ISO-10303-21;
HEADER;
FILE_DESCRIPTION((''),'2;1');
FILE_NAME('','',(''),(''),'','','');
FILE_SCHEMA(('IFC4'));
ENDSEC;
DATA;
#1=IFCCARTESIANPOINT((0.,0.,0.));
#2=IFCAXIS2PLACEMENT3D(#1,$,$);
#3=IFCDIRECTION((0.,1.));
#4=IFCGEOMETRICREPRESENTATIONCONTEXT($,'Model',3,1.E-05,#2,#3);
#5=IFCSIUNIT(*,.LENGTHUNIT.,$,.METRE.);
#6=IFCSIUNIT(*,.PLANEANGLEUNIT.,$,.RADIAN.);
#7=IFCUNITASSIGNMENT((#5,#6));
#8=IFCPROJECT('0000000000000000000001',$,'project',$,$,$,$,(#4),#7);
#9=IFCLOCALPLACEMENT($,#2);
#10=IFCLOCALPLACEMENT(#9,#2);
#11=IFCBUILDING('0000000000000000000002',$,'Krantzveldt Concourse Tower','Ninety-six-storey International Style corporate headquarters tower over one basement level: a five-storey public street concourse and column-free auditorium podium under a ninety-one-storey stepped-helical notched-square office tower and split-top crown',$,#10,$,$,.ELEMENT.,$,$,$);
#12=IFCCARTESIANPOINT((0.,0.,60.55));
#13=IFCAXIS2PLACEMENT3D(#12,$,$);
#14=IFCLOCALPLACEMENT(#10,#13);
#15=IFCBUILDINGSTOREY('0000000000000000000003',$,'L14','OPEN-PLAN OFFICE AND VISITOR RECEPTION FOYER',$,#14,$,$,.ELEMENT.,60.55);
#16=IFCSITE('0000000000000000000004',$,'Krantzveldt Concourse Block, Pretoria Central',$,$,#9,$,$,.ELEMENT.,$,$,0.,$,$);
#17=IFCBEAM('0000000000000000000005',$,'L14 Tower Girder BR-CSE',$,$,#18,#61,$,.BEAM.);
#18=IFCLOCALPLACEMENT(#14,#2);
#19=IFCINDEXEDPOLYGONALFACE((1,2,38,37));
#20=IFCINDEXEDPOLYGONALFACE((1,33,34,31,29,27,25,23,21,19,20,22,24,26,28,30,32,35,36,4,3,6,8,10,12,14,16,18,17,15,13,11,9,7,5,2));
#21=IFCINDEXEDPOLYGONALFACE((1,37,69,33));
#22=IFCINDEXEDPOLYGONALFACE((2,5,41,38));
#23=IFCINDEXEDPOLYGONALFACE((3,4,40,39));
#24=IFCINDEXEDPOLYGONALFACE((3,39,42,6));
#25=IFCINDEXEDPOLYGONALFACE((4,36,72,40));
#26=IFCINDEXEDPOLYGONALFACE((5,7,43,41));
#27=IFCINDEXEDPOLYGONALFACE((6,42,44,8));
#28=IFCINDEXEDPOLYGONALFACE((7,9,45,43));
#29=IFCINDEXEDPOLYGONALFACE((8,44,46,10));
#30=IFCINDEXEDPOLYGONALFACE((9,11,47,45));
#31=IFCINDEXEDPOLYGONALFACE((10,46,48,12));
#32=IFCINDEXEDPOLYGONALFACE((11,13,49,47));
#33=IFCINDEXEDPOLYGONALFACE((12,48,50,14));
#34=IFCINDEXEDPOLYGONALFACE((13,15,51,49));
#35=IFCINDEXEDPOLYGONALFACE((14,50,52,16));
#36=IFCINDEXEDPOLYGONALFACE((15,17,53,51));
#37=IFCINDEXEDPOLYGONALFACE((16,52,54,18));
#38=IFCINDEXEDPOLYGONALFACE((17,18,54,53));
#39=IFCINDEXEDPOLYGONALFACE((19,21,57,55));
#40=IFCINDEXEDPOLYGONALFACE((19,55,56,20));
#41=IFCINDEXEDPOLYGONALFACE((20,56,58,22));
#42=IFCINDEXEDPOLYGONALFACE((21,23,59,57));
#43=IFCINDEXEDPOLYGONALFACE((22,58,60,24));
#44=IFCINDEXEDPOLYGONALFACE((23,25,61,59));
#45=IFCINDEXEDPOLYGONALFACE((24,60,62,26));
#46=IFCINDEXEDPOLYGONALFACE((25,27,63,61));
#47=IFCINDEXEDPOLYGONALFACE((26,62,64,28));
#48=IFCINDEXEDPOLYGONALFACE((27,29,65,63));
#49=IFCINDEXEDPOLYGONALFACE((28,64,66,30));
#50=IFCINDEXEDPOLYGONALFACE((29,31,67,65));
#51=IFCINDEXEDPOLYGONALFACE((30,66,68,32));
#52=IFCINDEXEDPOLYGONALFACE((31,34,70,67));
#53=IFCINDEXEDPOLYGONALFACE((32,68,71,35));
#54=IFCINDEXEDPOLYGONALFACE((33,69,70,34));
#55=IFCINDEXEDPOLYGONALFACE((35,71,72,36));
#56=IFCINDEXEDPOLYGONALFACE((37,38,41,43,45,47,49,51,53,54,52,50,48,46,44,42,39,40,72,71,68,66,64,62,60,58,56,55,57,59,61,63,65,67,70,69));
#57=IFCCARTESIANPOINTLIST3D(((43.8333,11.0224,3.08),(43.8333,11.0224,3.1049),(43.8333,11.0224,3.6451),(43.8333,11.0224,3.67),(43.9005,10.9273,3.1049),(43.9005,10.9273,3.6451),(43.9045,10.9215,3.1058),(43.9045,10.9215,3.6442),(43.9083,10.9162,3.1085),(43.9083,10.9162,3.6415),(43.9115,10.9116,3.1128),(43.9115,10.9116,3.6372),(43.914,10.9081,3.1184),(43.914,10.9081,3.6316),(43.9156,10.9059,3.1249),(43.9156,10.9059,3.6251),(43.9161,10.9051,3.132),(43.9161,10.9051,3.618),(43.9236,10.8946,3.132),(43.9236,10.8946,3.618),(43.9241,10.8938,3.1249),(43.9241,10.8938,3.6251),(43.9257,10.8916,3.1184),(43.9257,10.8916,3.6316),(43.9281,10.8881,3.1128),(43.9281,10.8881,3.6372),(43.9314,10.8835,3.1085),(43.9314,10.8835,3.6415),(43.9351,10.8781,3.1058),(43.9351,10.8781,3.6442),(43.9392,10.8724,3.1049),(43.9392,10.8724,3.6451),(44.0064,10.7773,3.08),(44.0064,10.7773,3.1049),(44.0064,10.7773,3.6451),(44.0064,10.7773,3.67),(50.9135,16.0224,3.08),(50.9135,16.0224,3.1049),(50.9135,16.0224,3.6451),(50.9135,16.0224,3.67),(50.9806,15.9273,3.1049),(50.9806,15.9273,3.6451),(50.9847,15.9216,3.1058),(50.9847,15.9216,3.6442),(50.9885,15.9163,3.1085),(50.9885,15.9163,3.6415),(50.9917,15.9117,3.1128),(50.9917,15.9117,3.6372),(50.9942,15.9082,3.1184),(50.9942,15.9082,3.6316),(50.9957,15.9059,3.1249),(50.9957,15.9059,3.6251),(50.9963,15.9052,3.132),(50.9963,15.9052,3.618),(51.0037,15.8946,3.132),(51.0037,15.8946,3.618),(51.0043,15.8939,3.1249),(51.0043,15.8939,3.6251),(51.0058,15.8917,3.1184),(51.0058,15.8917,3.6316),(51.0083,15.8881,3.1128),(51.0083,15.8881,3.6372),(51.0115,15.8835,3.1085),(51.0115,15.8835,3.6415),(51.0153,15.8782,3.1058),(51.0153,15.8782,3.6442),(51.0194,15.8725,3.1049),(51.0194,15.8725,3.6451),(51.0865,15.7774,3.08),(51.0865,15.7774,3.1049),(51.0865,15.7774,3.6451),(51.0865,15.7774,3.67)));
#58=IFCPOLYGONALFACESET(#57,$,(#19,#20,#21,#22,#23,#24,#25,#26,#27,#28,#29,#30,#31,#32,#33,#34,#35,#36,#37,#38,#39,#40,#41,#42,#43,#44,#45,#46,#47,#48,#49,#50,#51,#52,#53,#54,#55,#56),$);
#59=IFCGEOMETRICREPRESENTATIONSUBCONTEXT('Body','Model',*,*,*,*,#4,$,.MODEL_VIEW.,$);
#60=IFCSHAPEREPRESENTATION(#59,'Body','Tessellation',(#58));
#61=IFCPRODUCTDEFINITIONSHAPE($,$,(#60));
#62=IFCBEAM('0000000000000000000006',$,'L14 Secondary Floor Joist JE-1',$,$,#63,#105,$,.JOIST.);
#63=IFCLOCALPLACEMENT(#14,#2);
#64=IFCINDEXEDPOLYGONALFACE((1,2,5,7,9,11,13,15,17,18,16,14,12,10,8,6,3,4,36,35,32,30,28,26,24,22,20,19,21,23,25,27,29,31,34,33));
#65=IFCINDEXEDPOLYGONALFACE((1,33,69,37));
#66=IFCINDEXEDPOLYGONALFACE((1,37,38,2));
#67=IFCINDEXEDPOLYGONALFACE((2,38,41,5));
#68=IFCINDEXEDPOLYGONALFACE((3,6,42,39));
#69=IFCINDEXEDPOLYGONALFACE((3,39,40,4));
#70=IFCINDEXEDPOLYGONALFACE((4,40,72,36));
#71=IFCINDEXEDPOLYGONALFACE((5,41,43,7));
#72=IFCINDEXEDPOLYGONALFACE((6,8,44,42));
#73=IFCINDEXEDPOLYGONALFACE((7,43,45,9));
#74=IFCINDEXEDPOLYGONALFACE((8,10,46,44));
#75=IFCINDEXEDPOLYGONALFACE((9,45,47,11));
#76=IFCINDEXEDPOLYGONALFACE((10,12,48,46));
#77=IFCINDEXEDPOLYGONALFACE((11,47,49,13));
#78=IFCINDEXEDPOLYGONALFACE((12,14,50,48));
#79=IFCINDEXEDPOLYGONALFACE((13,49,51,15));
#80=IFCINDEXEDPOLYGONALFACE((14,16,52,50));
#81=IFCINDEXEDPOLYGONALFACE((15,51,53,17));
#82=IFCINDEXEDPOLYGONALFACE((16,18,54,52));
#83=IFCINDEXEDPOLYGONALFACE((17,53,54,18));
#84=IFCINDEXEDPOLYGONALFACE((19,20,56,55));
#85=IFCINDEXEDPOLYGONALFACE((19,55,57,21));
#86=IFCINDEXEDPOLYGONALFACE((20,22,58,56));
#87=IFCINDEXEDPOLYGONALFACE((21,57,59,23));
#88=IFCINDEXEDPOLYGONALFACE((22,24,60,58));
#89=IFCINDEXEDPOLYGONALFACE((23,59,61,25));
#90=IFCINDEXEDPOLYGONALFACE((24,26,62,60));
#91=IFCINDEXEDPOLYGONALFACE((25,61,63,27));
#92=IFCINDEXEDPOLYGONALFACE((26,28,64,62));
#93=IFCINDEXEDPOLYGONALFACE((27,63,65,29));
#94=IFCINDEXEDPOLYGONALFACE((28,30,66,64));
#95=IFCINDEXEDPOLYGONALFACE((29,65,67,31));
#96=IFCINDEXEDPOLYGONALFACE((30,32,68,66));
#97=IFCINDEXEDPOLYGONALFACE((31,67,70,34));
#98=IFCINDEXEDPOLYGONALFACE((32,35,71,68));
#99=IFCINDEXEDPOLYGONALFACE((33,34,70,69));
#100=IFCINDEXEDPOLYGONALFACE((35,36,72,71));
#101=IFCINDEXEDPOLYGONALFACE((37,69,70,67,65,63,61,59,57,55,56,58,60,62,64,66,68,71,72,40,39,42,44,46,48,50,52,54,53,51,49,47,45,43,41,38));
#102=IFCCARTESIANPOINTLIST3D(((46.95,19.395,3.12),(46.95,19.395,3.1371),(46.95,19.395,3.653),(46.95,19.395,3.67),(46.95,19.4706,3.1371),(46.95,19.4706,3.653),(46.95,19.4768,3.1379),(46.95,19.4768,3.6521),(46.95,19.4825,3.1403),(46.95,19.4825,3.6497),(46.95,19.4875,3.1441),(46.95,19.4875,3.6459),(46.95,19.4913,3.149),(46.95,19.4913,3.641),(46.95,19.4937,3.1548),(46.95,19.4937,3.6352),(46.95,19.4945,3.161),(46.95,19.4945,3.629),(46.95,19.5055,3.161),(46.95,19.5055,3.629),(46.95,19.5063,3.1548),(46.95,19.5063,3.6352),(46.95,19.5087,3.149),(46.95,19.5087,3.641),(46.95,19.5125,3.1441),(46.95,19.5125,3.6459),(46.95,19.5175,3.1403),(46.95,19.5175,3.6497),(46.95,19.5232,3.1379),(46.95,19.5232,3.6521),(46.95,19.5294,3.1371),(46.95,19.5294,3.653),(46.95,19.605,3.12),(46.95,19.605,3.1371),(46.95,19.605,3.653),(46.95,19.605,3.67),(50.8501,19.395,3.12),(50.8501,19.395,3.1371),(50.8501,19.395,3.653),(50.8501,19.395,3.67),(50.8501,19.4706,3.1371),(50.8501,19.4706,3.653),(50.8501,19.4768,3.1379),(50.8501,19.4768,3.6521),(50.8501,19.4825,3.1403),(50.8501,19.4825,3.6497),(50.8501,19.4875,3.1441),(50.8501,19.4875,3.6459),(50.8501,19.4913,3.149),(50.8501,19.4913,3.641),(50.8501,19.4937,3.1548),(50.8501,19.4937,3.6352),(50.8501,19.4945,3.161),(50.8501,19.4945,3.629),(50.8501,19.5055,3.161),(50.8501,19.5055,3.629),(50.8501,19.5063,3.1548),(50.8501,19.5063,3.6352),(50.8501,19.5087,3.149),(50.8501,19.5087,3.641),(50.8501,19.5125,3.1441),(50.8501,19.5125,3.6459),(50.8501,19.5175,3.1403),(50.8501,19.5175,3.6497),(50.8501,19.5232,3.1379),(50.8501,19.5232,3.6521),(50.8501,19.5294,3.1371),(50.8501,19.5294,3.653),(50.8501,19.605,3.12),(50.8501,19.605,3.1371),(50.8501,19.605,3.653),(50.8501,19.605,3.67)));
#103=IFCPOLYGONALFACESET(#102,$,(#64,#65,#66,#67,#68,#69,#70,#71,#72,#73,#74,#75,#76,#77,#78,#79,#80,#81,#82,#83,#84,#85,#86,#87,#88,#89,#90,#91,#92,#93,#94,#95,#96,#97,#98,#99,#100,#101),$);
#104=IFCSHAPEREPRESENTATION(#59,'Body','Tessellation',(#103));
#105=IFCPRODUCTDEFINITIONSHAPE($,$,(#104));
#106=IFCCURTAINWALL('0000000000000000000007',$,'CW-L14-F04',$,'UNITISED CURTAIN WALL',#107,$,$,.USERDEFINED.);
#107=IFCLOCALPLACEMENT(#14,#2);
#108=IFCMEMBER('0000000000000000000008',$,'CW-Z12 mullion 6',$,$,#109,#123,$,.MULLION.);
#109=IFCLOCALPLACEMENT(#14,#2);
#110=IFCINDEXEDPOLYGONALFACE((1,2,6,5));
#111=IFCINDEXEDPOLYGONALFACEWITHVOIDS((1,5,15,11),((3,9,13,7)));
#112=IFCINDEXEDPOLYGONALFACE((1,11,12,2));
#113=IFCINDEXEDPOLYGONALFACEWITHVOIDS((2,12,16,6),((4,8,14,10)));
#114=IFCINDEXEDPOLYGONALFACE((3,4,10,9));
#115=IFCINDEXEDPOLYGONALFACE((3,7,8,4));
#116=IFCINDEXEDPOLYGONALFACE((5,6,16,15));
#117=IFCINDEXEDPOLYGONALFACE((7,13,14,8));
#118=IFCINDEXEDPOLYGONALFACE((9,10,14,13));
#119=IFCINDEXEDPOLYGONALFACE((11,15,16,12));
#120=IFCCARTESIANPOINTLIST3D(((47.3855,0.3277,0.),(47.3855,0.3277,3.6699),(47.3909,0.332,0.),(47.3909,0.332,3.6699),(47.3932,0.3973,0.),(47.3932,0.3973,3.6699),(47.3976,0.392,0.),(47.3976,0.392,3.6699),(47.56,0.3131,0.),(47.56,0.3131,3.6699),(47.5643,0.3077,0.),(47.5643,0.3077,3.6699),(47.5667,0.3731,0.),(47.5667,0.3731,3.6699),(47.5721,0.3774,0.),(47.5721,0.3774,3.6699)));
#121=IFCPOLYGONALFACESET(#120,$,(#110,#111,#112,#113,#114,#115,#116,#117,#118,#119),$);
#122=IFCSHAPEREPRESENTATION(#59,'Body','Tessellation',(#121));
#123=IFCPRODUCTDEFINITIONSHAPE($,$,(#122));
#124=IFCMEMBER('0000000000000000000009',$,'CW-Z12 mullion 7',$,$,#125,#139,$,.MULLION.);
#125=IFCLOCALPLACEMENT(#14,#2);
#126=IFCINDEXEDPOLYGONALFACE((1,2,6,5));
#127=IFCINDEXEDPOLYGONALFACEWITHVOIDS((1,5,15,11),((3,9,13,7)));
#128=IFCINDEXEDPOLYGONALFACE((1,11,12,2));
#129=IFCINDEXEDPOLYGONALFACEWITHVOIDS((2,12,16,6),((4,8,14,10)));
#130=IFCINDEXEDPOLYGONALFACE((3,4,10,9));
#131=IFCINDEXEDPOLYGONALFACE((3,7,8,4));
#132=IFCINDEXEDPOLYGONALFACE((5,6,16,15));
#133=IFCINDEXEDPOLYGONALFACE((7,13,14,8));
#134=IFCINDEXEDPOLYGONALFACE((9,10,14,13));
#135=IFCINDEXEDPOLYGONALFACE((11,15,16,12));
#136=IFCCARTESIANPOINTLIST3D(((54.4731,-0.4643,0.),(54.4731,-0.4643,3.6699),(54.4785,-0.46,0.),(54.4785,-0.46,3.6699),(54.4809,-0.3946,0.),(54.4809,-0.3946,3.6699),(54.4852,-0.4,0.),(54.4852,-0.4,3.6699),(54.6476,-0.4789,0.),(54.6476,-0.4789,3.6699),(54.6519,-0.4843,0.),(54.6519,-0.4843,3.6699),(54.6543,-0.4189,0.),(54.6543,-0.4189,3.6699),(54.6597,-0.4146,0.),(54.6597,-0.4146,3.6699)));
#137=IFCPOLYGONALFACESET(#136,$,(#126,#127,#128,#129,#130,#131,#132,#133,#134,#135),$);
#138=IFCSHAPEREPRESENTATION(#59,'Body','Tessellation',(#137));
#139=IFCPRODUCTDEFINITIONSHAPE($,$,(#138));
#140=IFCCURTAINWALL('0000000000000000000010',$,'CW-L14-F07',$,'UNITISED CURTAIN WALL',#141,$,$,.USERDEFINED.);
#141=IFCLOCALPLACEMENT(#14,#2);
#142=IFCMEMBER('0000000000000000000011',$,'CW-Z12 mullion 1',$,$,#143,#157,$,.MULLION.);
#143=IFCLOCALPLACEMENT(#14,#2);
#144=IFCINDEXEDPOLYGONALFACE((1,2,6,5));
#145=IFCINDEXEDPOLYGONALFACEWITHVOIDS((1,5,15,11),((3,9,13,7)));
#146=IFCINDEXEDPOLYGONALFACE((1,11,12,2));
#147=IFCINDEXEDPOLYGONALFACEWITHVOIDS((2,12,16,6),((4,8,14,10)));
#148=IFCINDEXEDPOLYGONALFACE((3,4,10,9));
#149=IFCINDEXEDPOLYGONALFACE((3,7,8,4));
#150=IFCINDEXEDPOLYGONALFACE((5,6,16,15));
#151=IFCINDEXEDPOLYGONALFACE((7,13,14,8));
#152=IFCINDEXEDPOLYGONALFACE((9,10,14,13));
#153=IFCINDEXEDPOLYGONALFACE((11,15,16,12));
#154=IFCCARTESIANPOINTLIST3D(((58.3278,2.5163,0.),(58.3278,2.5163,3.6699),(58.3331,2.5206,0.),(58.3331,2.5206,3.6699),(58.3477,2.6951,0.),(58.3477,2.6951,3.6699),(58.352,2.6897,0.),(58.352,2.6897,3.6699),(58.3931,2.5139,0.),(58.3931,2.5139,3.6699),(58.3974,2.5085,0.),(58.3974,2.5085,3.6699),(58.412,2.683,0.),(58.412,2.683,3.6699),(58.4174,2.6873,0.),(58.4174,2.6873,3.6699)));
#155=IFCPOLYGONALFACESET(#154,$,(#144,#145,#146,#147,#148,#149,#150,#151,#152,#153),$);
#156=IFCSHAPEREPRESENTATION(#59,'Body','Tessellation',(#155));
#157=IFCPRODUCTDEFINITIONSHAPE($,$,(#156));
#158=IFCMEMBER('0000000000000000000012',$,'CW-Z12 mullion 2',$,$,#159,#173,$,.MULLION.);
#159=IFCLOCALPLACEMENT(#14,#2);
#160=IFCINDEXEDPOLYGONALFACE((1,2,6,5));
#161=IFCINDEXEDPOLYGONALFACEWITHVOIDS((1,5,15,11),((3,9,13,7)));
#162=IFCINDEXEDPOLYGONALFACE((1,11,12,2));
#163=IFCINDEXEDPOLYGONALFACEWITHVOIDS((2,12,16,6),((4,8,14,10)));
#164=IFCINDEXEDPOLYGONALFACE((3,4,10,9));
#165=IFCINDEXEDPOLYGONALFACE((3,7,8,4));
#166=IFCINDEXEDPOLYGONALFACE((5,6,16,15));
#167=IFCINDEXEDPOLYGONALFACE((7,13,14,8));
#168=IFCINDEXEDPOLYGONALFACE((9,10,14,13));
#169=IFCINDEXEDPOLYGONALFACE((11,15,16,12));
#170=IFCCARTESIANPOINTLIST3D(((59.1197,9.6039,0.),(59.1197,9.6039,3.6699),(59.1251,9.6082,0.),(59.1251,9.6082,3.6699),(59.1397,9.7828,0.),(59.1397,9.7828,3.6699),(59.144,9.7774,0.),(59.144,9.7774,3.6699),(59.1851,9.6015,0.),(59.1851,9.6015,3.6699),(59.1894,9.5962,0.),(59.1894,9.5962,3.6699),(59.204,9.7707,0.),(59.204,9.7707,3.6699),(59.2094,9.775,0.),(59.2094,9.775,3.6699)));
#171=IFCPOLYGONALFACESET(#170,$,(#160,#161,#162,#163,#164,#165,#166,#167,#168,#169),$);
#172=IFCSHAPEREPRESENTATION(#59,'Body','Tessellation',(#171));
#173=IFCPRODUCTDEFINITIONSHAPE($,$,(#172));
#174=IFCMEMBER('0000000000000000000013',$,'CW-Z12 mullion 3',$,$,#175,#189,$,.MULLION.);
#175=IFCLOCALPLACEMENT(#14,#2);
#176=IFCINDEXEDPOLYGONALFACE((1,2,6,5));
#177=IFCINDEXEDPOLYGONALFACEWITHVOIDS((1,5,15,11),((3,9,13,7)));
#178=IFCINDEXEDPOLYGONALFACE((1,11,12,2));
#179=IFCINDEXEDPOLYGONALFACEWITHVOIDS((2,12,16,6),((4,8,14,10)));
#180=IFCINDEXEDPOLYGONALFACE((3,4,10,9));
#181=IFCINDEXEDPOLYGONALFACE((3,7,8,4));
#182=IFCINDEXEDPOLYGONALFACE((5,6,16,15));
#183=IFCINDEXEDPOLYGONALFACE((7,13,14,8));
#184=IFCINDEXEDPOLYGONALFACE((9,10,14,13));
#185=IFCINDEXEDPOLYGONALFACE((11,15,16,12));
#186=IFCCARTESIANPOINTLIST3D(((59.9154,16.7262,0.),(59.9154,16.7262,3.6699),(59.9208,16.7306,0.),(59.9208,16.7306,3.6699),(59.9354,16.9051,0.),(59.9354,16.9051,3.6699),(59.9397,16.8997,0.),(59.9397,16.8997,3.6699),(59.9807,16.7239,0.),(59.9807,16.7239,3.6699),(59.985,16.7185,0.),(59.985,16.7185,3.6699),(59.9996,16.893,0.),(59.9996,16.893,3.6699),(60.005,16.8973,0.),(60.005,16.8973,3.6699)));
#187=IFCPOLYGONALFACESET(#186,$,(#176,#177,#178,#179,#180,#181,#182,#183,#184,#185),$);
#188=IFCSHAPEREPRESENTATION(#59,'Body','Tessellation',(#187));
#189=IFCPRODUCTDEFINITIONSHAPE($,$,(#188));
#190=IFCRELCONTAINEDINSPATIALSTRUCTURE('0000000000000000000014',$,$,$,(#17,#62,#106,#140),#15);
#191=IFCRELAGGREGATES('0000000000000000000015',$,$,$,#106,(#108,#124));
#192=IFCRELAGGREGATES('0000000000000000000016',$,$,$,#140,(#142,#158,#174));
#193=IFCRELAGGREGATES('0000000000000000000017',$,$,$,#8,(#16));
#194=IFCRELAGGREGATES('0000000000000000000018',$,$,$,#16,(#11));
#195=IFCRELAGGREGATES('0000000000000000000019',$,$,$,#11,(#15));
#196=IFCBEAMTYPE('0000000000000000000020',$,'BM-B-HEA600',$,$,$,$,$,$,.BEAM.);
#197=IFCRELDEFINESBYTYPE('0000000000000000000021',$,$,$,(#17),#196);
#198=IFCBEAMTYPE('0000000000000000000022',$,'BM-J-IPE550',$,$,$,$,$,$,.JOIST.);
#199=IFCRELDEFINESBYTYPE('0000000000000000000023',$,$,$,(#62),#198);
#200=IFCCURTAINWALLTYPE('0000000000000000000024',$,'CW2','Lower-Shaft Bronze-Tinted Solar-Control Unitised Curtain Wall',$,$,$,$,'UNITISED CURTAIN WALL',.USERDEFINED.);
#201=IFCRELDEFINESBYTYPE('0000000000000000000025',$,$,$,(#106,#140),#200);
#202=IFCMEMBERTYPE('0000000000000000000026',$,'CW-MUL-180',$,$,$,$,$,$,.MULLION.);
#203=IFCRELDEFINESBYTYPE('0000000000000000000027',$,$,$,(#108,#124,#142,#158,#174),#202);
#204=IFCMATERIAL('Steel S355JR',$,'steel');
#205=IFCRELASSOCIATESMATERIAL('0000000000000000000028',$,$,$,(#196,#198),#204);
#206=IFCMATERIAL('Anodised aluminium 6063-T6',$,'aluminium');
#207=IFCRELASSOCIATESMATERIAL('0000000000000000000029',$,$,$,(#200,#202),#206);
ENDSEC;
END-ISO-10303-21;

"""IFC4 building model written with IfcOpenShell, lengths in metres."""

from ifc_helpers import new_model, si_unit, direction, frame, origin, origin_2d, place, context, subcontext, project, spatial, hollow_rectangle, i_section, extrude, source, transform, mapped, material, material_profile, profile_set, type_object, type_shapes, element, aggregate, save


model = new_model("IFC4")

# Units and contexts
model_context = context("Model", 3, precision=1e-05, world=origin(), true_north=direction((0.0, 1.0)))
body_context = subcontext(model_context, "Body", "Model", "MODEL_VIEW")
ifc_project = project(units=[si_unit("LENGTHUNIT", "METRE"), si_unit("PLANEANGLEUNIT", "RADIAN")], contexts=[model_context])

# Site, building, storey
site_placement = place(None, origin())
site = spatial("IfcSite", under=ifc_project, at=site_placement, Name="Krantzveldt Concourse Block, Pretoria Central", CompositionType="ELEMENT", RefElevation=0.0)
building_placement = place(site_placement, origin())
building = spatial("IfcBuilding", under=site, at=building_placement, Name="Krantzveldt Concourse Tower", Description="Ninety-six-storey International Style corporate headquarters tower over one basement level: a five-storey public street concourse and column-free auditorium podium under a ninety-one-storey stepped-helical notched-square office tower and split-top crown", CompositionType="ELEMENT")
storey_placement = place(building_placement, frame((0.0, 0.0, 60.55)))
storey = spatial("IfcBuildingStorey", under=building, at=storey_placement, Name="L14", Description="OPEN-PLAN OFFICE AND VISITOR RECEPTION FOYER", CompositionType="ELEMENT", Elevation=60.55)

# Beams
ifc_material_1 = material(Name="Steel S355JR", Category="steel")
ifc_material_profile_1 = material_profile(ifc_material_1, i_section(OverallWidth=0.3, OverallDepth=0.5901, WebThickness=0.0129, FlangeThickness=0.0249, FilletRadius=0.0271, at=origin_2d()), Name="Steel S355JR", Category="steel")
ifc_profile_set_1 = profile_set([ifc_material_profile_1], Name="Steel S355JR - HEA 600")
beam_type_1 = type_object("IfcBeamType", Name="BM-B-HEA600", PredefinedType="BEAM", material=ifc_profile_set_1)
shared_shape_1 = source(origin(), body_context, "Body", "SweptSolid", [
    extrude(i_section(OverallWidth=0.3, OverallDepth=0.5901, WebThickness=0.0129, FlangeThickness=0.0249, FilletRadius=0.0271, at=origin_2d()), origin(), (0.0, 0.0, 1.0), 8.6677),
])
beam_1_placement = place(storey_placement, frame((51.0, 15.8999, 3.375), z_axis=(-0.816843, -0.57686, 0.0), x_axis=(0.57686, -0.816843, 0.0)))
element("IfcBeam", 1, at=beam_1_placement, inside=storey, type_object=beam_type_1, Name="L14 Tower Girder BR-CSE", PredefinedType="BEAM", context=body_context, shape_type="MappedRepresentation", body=[
    mapped(shared_shape_1, transform((0.0, 0.0, 0.0), x_axis=(1.0, 0.0, 0.0), y_axis=(0.0, 1.0, 0.0), z_axis=(0.0, 0.0, 1.0), scale=1.0)),
])
ifc_material_profile_2 = material_profile(ifc_material_1, i_section(OverallWidth=0.21, OverallDepth=0.55, WebThickness=0.011, FlangeThickness=0.0171, FilletRadius=0.0239, at=origin_2d()), Name="Steel S355JR", Category="steel")
ifc_profile_set_2 = profile_set([ifc_material_profile_2], Name="Steel S355JR - IPE 550")
beam_type_2 = type_object("IfcBeamType", Name="BM-J-IPE550", PredefinedType="JOIST", material=ifc_profile_set_2)
shared_shape_2 = source(origin(), body_context, "Body", "SweptSolid", [
    extrude(i_section(OverallWidth=0.21, OverallDepth=0.55, WebThickness=0.011, FlangeThickness=0.0171, FilletRadius=0.0239, at=origin_2d()), origin(), (0.0, 0.0, 1.0), 3.9001),
])
type_shapes(beam_type_2, [shared_shape_2])
beam_2_placement = place(storey_placement, frame((46.95, 19.5, 3.395), z_axis=(1.0, 0.0, 0.0), x_axis=(0.0, 1.0, 0.0)))
element("IfcBeam", 2, at=beam_2_placement, inside=storey, type_object=beam_type_2, Name="L14 Secondary Floor Joist JE-1", PredefinedType="JOIST", context=body_context, shape_type="MappedRepresentation", body=[
    mapped(shared_shape_2, transform((0.0, 0.0, 0.0), x_axis=(1.0, 0.0, 0.0), y_axis=(0.0, 1.0, 0.0), z_axis=(0.0, 0.0, 1.0), scale=1.0)),
])

# Curtain walls, members
ifc_material_2 = material(Name="Anodised aluminium 6063-T6", Category="aluminium")
curtain_wall_type = type_object("IfcCurtainWallType", Name="CW2", Description="Lower-Shaft Bronze-Tinted Solar-Control Unitised Curtain Wall", ElementType="UNITISED CURTAIN WALL", PredefinedType="USERDEFINED", material=ifc_material_2)
curtain_wall_1_placement = place(storey_placement, origin())
curtain_wall_1 = element("IfcCurtainWall", 3, at=curtain_wall_1_placement, inside=storey, type_object=curtain_wall_type, Name="CW-L14-F04", ObjectType="UNITISED CURTAIN WALL", PredefinedType="USERDEFINED")
ifc_material_profile_3 = material_profile(ifc_material_2, hollow_rectangle(XDim=0.0701, YDim=0.1799, WallThickness=0.0049, at=origin_2d()), Name="Anodised aluminium 6063-T6", Category="aluminium")
ifc_profile_set_3 = profile_set([ifc_material_profile_3], Name="Anodised aluminium 6063-T6 - ALU-MULL 180x70x5")
member_type_1 = type_object("IfcMemberType", Name="CW-MUL-180", PredefinedType="MULLION", material=ifc_profile_set_3)
shared_shape_3 = source(origin(), body_context, "Body", "SweptSolid", [
    extrude(hollow_rectangle(XDim=0.0701, YDim=0.1799, WallThickness=0.0049, at=origin_2d()), origin(), (0.0, 0.0, 1.0), 3.6699),
])
type_shapes(member_type_1, [shared_shape_3])
member_1_placement = place(storey_placement, frame((47.4788, 0.3525, 0.0), z_axis=(0.0, 0.0, 1.0), x_axis=(0.111035, 0.993816, 0.0)))
member_1 = element("IfcMember", 4, at=member_1_placement, type_object=member_type_1, Name="CW-Z12 mullion 6", PredefinedType="MULLION", context=body_context, shape_type="MappedRepresentation", body=[
    mapped(shared_shape_3, transform((0.0, 0.0, 0.0), x_axis=(1.0, 0.0, 0.0), y_axis=(0.0, 1.0, 0.0), z_axis=(0.0, 0.0, 1.0), scale=1.0)),
])
member_2_placement = place(storey_placement, frame((54.5664, -0.4395, 0.0), z_axis=(0.0, 0.0, 1.0), x_axis=(0.111035, 0.993816, 0.0)))
member_2 = element("IfcMember", 5, at=member_2_placement, type_object=member_type_1, Name="CW-Z12 mullion 7", PredefinedType="MULLION", context=body_context, shape_type="MappedRepresentation", body=[
    mapped(shared_shape_3, transform((0.0, 0.0, 0.0), x_axis=(1.0, 0.0, 0.0), y_axis=(0.0, 1.0, 0.0), z_axis=(0.0, 0.0, 1.0), scale=1.0)),
])
curtain_wall_2_placement = place(storey_placement, origin())
curtain_wall_2 = element("IfcCurtainWall", 6, at=curtain_wall_2_placement, inside=storey, type_object=curtain_wall_type, Name="CW-L14-F07", ObjectType="UNITISED CURTAIN WALL", PredefinedType="USERDEFINED")
member_3_placement = place(storey_placement, frame((58.3726, 2.6018, 0.0), z_axis=(0.0, 0.0, 1.0), x_axis=(-0.993816, 0.111035, 0.0)))
member_3 = element("IfcMember", 7, at=member_3_placement, type_object=member_type_1, Name="CW-Z12 mullion 1", PredefinedType="MULLION", context=body_context, shape_type="MappedRepresentation", body=[
    mapped(shared_shape_3, transform((0.0, 0.0, 0.0), x_axis=(1.0, 0.0, 0.0), y_axis=(0.0, 1.0, 0.0), z_axis=(0.0, 0.0, 1.0), scale=1.0)),
])
member_4_placement = place(storey_placement, frame((59.1646, 9.6895, 0.0), z_axis=(0.0, 0.0, 1.0), x_axis=(-0.993816, 0.111035, 0.0)))
member_4 = element("IfcMember", 8, at=member_4_placement, type_object=member_type_1, Name="CW-Z12 mullion 2", PredefinedType="MULLION", context=body_context, shape_type="MappedRepresentation", body=[
    mapped(shared_shape_3, transform((0.0, 0.0, 0.0), x_axis=(1.0, 0.0, 0.0), y_axis=(0.0, 1.0, 0.0), z_axis=(0.0, 0.0, 1.0), scale=1.0)),
])
member_5_placement = place(storey_placement, frame((59.9602, 16.8118, 0.0), z_axis=(0.0, 0.0, 1.0), x_axis=(-0.993816, 0.111035, 0.0)))
member_5 = element("IfcMember", 9, at=member_5_placement, type_object=member_type_1, Name="CW-Z12 mullion 3", PredefinedType="MULLION", context=body_context, shape_type="MappedRepresentation", body=[
    mapped(shared_shape_3, transform((0.0, 0.0, 0.0), x_axis=(1.0, 0.0, 0.0), y_axis=(0.0, 1.0, 0.0), z_axis=(0.0, 0.0, 1.0), scale=1.0)),
])

aggregate(curtain_wall_1, [member_1, member_2])
aggregate(curtain_wall_2, [member_3, member_4, member_5])

save(model, "model.ifc")
